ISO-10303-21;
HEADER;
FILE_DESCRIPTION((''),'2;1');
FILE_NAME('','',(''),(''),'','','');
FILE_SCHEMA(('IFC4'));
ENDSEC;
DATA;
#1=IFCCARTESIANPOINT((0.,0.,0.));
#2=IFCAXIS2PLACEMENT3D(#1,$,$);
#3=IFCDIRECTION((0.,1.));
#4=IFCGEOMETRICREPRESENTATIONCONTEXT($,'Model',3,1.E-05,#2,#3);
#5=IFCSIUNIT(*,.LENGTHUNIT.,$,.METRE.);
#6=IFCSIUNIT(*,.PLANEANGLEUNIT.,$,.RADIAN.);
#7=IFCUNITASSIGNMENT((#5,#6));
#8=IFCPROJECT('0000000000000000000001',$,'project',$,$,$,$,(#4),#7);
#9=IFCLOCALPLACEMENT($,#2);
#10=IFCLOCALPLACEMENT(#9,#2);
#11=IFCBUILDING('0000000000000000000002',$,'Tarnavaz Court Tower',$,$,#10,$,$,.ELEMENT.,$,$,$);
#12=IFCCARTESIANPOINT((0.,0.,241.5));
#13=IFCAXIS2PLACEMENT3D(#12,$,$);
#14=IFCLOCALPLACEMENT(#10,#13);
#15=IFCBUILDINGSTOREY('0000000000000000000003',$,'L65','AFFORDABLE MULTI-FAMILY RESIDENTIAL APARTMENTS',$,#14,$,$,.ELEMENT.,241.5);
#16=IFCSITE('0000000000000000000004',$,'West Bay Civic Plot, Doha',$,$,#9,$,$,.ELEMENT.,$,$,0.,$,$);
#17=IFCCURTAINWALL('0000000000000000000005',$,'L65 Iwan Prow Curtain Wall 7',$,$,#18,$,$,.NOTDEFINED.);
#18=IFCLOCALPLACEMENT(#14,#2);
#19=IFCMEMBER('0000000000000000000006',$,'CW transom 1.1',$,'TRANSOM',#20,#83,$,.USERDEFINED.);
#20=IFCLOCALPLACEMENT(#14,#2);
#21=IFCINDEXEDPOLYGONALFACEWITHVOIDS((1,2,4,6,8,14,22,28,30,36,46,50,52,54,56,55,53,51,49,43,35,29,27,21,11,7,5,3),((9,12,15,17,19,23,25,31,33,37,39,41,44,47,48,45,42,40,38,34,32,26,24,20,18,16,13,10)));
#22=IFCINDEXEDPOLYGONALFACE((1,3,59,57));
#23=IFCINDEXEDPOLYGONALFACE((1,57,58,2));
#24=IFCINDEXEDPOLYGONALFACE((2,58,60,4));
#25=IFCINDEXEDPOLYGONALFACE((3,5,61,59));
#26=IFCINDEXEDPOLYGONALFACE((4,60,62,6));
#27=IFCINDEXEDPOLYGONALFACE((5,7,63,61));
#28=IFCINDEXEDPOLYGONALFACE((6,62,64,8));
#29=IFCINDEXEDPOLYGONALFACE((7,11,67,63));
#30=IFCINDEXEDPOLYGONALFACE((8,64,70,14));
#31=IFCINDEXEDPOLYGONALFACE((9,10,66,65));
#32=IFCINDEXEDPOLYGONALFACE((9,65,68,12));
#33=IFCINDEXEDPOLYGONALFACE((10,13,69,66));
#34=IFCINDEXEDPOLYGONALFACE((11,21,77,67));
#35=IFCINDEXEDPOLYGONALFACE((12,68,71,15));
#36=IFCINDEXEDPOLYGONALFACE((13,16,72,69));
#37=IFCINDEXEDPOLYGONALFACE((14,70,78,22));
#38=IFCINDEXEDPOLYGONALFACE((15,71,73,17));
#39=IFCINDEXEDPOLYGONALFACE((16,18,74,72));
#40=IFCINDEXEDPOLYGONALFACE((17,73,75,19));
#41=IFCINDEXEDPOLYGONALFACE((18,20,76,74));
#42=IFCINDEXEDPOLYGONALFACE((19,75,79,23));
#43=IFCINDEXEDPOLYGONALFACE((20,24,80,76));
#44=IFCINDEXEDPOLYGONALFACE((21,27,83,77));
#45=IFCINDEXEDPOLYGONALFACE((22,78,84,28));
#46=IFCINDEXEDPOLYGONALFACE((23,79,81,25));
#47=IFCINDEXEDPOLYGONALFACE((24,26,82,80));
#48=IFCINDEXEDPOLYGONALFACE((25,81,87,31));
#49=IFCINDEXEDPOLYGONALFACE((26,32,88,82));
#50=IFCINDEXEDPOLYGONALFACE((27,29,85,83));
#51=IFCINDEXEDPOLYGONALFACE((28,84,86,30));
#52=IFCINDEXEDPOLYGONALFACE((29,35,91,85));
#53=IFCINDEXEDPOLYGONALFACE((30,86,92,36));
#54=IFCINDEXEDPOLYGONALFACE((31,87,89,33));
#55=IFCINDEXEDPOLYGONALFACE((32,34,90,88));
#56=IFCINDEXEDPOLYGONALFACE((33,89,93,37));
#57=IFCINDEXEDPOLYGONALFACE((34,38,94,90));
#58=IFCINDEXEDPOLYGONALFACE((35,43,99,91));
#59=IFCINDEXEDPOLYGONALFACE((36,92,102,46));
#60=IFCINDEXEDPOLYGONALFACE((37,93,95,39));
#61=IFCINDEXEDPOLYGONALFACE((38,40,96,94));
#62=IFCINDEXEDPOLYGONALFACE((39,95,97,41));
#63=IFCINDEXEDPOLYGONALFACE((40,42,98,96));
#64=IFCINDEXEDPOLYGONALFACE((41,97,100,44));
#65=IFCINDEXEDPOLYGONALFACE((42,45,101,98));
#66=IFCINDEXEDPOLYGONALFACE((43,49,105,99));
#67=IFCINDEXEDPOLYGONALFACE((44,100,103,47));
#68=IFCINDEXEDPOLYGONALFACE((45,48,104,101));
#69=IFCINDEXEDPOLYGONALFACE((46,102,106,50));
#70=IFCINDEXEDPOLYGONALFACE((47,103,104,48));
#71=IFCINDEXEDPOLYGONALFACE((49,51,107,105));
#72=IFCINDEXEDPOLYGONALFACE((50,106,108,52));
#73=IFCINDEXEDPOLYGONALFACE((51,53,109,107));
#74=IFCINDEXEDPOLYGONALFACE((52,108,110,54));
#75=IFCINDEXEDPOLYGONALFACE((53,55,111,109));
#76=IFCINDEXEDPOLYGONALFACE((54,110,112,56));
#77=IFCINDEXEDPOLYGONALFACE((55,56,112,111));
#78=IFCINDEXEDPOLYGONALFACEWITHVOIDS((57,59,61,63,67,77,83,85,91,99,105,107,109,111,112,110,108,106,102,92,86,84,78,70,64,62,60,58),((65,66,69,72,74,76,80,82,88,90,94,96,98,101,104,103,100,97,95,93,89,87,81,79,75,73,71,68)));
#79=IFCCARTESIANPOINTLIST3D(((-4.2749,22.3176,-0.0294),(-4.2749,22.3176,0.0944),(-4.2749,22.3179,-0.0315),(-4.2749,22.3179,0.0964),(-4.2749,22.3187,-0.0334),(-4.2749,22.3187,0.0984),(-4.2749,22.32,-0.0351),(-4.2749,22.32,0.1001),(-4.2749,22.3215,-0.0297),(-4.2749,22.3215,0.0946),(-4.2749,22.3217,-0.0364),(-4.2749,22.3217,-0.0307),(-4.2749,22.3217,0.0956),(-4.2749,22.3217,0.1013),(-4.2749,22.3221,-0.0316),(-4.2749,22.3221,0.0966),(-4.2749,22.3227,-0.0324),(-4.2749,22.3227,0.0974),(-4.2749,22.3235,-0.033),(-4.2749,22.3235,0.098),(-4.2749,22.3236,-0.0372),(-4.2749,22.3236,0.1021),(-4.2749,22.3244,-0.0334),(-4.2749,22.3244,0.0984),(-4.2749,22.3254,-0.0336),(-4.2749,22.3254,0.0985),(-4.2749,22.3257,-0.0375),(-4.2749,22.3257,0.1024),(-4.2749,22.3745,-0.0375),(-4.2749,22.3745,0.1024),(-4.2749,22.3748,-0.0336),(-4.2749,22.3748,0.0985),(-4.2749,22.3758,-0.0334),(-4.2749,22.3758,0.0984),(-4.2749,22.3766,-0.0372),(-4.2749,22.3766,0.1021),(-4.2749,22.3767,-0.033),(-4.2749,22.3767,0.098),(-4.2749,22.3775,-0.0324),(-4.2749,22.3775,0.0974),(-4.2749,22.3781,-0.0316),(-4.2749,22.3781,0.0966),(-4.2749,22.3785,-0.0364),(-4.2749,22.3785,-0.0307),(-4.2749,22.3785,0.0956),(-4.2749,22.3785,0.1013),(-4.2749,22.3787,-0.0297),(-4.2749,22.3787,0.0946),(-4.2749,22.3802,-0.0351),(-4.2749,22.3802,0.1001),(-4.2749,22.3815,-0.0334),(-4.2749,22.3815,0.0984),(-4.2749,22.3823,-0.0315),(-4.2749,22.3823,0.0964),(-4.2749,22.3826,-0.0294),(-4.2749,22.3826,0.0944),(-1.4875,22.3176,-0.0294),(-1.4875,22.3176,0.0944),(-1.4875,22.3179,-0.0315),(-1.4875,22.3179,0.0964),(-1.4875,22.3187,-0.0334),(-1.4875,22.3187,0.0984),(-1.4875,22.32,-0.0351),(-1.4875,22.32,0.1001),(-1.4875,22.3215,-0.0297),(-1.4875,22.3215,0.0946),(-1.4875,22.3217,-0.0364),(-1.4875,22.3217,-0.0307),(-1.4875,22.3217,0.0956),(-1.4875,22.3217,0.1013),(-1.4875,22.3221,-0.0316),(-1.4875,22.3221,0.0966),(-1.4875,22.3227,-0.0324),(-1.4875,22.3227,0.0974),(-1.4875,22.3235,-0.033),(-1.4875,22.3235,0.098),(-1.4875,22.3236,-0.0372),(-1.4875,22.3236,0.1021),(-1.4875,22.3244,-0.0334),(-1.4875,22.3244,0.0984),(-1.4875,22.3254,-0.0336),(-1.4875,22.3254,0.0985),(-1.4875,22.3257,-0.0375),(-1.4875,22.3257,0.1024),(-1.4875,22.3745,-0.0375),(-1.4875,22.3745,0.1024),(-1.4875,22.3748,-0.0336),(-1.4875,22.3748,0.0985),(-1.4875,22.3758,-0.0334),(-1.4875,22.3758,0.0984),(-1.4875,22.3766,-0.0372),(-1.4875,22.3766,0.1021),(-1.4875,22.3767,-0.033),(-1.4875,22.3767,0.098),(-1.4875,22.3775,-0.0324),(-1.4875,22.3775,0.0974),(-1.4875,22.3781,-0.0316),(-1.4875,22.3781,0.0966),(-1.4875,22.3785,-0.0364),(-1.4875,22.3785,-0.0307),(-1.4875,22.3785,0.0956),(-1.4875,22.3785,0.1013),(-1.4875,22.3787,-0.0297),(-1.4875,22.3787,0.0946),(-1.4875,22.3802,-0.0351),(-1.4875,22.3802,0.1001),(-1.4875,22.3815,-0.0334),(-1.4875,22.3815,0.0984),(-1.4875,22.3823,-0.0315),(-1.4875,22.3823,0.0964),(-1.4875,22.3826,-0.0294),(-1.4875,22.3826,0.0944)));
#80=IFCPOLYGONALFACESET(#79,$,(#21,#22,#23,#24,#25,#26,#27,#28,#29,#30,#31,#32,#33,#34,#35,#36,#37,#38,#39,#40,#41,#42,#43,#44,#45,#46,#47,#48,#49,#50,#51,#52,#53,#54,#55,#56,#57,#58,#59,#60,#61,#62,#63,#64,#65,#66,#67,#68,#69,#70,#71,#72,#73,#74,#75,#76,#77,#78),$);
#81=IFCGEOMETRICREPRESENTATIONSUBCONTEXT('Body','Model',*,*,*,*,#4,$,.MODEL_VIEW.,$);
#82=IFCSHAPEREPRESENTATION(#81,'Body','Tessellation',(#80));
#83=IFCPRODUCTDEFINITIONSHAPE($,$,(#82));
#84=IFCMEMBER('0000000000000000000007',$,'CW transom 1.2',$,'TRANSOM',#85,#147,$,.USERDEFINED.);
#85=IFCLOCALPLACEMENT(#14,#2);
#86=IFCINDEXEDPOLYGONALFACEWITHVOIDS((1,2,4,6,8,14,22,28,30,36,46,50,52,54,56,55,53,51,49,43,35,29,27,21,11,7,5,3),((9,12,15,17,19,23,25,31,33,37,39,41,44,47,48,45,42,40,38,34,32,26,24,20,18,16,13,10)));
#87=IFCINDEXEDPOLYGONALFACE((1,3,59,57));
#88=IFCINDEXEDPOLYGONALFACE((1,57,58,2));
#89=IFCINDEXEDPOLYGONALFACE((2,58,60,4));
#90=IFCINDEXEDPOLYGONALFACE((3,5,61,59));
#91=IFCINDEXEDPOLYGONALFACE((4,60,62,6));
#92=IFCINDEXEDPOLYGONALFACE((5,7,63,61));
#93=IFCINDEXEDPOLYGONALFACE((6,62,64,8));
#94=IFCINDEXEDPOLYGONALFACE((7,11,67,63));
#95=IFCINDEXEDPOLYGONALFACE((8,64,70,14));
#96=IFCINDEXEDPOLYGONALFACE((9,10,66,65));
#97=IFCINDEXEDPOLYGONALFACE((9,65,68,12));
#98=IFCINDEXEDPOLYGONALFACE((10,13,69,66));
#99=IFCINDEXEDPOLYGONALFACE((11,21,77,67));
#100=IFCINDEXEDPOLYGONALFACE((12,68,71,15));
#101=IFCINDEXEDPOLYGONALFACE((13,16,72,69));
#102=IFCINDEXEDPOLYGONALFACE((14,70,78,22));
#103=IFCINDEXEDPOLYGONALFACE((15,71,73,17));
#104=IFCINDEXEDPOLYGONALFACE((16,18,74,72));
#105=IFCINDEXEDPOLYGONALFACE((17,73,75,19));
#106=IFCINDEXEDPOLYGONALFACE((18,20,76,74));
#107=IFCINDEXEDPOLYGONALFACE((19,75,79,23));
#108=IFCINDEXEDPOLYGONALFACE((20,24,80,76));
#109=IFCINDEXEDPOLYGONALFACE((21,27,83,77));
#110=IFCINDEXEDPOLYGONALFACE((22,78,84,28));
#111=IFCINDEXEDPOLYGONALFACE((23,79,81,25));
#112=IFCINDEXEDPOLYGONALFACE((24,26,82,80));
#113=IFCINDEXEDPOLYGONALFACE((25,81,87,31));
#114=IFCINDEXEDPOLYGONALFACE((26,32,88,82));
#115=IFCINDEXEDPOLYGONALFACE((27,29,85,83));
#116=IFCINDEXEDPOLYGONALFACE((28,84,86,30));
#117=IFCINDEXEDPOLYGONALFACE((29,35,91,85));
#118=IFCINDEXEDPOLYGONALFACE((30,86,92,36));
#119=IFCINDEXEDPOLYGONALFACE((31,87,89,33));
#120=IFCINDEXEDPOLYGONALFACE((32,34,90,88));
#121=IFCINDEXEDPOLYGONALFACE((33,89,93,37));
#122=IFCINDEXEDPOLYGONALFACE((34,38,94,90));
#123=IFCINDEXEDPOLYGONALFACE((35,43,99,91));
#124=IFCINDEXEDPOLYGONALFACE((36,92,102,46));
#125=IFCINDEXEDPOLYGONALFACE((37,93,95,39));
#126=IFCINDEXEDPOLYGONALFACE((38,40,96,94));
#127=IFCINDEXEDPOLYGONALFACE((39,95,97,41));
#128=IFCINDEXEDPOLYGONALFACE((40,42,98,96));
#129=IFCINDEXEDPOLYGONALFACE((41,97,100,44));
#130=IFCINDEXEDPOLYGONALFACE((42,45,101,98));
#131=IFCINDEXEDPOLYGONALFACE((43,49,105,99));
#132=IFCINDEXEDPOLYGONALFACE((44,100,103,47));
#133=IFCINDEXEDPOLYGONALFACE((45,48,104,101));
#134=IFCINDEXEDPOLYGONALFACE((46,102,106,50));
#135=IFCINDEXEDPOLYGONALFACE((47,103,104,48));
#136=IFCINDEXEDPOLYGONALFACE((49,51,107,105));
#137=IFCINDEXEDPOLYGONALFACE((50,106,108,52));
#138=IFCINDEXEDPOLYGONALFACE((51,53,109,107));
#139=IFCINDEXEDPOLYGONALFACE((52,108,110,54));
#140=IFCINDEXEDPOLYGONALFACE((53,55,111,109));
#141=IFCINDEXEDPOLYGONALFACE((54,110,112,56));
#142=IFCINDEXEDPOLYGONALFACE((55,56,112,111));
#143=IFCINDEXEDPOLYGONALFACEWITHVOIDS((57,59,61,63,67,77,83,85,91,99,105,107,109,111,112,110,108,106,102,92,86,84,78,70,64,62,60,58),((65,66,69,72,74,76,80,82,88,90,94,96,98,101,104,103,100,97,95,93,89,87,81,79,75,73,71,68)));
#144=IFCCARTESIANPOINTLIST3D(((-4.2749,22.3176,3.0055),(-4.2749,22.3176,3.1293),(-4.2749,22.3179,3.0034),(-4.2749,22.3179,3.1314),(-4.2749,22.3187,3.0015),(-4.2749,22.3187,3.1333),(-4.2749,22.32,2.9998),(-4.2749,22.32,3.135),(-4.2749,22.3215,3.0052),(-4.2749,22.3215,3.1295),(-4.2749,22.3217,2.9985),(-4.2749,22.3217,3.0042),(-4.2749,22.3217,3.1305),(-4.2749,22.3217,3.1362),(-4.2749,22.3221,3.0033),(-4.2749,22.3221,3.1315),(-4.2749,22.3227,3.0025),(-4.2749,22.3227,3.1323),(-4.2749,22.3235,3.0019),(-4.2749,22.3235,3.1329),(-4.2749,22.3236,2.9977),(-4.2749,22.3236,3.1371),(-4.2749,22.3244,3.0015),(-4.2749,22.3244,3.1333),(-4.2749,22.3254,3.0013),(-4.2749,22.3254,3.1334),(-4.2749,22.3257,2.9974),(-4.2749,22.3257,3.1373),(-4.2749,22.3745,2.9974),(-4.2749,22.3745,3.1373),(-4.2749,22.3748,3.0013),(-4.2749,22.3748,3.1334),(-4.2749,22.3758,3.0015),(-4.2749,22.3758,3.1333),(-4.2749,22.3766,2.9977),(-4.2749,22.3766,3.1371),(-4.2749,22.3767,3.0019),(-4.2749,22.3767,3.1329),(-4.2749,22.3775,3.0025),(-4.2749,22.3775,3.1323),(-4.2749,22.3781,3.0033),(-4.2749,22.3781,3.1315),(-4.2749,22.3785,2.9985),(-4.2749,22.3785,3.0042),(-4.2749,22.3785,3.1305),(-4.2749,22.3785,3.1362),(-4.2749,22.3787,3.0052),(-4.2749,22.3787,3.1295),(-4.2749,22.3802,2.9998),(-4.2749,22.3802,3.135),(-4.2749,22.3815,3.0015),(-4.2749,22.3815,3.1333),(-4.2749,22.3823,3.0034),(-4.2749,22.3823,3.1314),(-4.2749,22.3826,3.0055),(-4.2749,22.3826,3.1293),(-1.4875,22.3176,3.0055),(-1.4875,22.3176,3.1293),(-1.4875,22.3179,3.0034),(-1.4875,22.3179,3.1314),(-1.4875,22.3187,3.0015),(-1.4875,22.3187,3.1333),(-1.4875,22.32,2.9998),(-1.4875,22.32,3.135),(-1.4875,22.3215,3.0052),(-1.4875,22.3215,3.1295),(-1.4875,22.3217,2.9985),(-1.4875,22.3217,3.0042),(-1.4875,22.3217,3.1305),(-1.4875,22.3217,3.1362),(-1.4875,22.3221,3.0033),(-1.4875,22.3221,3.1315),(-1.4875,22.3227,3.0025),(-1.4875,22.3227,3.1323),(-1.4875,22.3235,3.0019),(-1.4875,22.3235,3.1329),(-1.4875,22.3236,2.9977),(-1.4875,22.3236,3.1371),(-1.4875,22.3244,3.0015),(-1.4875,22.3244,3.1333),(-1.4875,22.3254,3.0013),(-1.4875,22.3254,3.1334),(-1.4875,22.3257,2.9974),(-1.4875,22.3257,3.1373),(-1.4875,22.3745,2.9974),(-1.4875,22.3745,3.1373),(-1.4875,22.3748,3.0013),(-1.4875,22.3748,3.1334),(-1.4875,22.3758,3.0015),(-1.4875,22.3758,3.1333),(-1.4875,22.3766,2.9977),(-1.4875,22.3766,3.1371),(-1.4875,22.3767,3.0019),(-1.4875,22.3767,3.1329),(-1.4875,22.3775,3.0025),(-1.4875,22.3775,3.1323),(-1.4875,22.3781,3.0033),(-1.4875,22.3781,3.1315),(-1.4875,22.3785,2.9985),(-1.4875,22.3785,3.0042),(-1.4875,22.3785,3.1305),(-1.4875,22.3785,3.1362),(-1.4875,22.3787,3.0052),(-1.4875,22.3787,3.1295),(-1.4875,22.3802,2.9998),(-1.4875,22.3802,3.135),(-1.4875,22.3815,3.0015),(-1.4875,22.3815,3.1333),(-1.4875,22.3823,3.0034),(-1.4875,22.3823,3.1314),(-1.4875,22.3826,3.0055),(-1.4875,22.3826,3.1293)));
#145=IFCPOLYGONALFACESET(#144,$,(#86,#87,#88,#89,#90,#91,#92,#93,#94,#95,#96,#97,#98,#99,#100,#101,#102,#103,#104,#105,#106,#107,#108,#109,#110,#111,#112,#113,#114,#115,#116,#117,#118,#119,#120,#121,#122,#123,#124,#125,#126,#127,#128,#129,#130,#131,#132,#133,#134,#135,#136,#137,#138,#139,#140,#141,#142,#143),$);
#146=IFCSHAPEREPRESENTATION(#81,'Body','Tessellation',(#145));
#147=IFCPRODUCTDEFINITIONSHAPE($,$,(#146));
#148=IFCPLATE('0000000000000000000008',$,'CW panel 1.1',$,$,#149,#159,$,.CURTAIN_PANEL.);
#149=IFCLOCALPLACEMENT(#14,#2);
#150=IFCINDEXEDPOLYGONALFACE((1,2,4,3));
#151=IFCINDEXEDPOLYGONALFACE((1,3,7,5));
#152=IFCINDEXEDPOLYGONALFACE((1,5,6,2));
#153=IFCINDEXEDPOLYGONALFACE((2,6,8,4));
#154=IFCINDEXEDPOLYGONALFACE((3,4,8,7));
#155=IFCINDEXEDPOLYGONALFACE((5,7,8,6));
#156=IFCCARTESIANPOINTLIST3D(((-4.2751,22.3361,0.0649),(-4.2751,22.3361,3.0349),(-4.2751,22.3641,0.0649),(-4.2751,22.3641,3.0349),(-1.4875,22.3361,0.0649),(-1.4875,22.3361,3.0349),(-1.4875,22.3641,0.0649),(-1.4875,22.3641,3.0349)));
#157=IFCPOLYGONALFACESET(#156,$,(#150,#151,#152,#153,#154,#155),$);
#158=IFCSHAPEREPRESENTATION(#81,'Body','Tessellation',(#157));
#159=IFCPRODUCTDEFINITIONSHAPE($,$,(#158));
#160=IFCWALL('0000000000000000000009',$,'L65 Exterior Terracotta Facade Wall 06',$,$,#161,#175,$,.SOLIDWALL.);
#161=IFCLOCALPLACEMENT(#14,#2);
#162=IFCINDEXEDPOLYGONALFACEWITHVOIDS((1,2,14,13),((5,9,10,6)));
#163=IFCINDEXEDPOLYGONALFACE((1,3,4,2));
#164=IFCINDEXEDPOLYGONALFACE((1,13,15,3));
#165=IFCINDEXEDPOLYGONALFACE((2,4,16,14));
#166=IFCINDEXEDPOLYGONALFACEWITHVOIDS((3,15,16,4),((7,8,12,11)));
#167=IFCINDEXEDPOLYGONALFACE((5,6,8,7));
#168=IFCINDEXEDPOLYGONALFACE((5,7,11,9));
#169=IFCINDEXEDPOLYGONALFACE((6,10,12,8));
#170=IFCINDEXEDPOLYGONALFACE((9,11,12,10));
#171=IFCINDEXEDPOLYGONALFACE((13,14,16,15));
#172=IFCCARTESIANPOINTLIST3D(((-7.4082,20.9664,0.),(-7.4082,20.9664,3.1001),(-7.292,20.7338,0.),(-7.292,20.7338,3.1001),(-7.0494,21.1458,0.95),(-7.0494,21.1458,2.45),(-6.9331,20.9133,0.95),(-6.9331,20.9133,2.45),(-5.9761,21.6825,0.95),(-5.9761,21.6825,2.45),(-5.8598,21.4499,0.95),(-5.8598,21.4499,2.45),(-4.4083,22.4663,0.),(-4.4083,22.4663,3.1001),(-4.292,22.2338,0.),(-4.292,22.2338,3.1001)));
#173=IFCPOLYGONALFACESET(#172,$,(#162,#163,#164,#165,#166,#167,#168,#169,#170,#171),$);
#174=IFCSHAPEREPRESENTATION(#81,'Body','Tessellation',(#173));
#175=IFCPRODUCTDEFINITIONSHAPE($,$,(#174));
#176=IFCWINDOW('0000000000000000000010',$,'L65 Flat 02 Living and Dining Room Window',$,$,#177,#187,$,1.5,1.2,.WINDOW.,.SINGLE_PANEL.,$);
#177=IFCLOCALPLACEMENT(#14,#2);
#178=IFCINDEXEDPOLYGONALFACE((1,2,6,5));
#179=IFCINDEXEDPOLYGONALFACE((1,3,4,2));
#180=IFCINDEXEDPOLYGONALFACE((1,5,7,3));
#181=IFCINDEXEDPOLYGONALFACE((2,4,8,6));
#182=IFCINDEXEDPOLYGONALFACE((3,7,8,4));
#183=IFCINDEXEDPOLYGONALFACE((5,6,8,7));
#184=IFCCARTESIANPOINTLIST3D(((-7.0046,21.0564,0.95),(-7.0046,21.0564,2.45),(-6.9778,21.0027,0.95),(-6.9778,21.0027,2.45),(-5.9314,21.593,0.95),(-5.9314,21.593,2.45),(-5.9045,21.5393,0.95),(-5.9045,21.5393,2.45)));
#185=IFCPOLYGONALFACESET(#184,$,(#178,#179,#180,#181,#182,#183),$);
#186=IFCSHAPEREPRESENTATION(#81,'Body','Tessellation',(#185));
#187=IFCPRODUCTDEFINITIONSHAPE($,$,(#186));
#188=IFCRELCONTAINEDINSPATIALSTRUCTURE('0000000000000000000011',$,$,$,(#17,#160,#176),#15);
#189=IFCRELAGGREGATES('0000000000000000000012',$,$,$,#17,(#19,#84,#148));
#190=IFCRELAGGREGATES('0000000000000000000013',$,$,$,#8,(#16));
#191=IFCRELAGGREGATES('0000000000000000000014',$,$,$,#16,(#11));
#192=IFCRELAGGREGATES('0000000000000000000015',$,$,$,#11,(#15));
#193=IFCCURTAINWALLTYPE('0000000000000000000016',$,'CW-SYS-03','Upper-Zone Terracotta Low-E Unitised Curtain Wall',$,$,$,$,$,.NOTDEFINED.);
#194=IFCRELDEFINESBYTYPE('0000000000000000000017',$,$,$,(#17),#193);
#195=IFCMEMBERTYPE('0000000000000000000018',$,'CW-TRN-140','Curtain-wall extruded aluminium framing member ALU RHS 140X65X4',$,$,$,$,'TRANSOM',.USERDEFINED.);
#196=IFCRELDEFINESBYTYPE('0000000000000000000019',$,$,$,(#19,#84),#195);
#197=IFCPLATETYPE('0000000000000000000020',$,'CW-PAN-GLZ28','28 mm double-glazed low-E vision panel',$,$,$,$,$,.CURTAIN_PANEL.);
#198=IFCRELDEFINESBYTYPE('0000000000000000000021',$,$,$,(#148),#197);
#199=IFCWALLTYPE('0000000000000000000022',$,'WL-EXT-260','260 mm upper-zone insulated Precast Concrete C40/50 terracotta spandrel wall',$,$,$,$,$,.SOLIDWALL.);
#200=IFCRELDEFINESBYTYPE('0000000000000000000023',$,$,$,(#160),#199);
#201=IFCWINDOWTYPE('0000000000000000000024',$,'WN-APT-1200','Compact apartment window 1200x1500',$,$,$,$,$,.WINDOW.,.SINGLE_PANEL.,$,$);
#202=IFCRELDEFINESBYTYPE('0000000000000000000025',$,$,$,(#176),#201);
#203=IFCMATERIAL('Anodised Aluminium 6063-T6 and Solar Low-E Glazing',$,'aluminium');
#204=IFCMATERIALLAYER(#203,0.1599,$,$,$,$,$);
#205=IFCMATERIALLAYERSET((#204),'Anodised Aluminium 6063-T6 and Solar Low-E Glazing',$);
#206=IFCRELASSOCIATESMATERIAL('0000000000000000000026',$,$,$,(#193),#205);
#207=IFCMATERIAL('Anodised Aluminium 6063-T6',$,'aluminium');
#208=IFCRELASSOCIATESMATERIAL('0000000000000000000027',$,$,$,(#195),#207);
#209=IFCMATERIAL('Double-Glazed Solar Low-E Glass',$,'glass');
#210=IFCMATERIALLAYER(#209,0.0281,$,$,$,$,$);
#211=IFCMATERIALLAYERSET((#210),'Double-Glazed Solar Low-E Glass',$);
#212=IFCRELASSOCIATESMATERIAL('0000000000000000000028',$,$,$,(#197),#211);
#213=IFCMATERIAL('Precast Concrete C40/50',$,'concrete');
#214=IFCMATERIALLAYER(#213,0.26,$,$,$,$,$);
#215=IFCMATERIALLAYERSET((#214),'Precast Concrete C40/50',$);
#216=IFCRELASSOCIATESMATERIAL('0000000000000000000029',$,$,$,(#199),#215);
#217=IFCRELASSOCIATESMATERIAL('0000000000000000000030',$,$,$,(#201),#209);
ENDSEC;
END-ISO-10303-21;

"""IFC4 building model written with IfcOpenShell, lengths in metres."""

from ifc_helpers import new_model, si_unit, direction, frame, frame_2d, origin, origin_2d, place, context, subcontext, project, spatial, rectangle, hollow_rectangle, extrude, material, layer, layer_set, material_profile, profile_set, type_object, element, fill, aggregate, save


model = new_model("IFC4")

# Units and contexts
model_context = context("Model", 3, precision=1e-05, world=origin(), true_north=direction((0.0, 1.0)))
body_context = subcontext(model_context, "Body", "Model", "MODEL_VIEW")
ifc_project = project(units=[si_unit("LENGTHUNIT", "METRE"), si_unit("PLANEANGLEUNIT", "RADIAN")], contexts=[model_context])

# Site, building, storey
site_placement = place(None, origin())
site = spatial("IfcSite", under=ifc_project, at=site_placement, Name="West Bay Civic Plot, Doha", CompositionType="ELEMENT", RefElevation=0.0)
building_placement = place(site_placement, origin())
building = spatial("IfcBuilding", under=site, at=building_placement, Name="Tarnavaz Court Tower", CompositionType="ELEMENT")
storey_placement = place(building_placement, frame((0.0, 0.0, 241.5)))
storey = spatial("IfcBuildingStorey", under=building, at=storey_placement, Name="L65", Description="AFFORDABLE MULTI-FAMILY RESIDENTIAL APARTMENTS", CompositionType="ELEMENT", Elevation=241.5)

# Curtain wall, members, plate
ifc_material_1 = material(Name="Anodised Aluminium 6063-T6 and Solar Low-E Glazing", Category="aluminium")
ifc_layer_1 = layer(ifc_material_1, 0.1599)
ifc_layer_set_1 = layer_set([ifc_layer_1], Name="Anodised Aluminium 6063-T6 and Solar Low-E Glazing")
curtain_wall_type = type_object("IfcCurtainWallType", Name="CW-SYS-03", Description="Upper-Zone Terracotta Low-E Unitised Curtain Wall", PredefinedType="NOTDEFINED", material=ifc_layer_set_1)
curtain_wall_placement = place(storey_placement, origin())
curtain_wall = element("IfcCurtainWall", 1, at=curtain_wall_placement, inside=storey, type_object=curtain_wall_type, Name="L65 Iwan Prow Curtain Wall 7", PredefinedType="NOTDEFINED")
ifc_material_2 = material(Name="Anodised Aluminium 6063-T6", Category="aluminium")
ifc_material_profile_1 = material_profile(ifc_material_2, hollow_rectangle(XDim=0.0649, YDim=0.1399, WallThickness=0.0039, InnerFilletRadius=0.0039, OuterFilletRadius=0.0081, at=origin_2d()), Name="ALU RHS 140X65X4")
ifc_profile_set_1 = profile_set([ifc_material_profile_1], Name="Anodised Aluminium 6063-T6")
member_type_1 = type_object("IfcMemberType", Name="CW-TRN-140", Description="Curtain-wall extruded aluminium framing member ALU RHS 140X65X4", ElementType="TRANSOM", PredefinedType="USERDEFINED", material=ifc_profile_set_1)
member_1_placement = place(storey_placement, frame((-4.2749, 22.3501, 0.0325), z_axis=(1.0, 0.0, 0.0), x_axis=(0.0, 1.0, 0.0)))
member_1 = element("IfcMember", 2, at=member_1_placement, type_object=member_type_1, Name="CW transom 1.1", ObjectType="TRANSOM", PredefinedType="USERDEFINED", context=body_context, shape_type="SweptSolid", body=[
    extrude(hollow_rectangle(XDim=0.0649, YDim=0.1399, WallThickness=0.0039, InnerFilletRadius=0.0039, OuterFilletRadius=0.0081, at=origin_2d()), origin(), (0.0, 0.0, 1.0), 2.7874),
])
member_2_placement = place(storey_placement, frame((-4.2749, 22.3501, 3.0674), z_axis=(1.0, 0.0, 0.0), x_axis=(0.0, 1.0, 0.0)))
member_2 = element("IfcMember", 3, at=member_2_placement, type_object=member_type_1, Name="CW transom 1.2", ObjectType="TRANSOM", PredefinedType="USERDEFINED", context=body_context, shape_type="SweptSolid", body=[
    extrude(hollow_rectangle(XDim=0.0649, YDim=0.1399, WallThickness=0.0039, InnerFilletRadius=0.0039, OuterFilletRadius=0.0081, at=origin_2d()), origin(), (0.0, 0.0, 1.0), 2.7874),
])
ifc_material_3 = material(Name="Double-Glazed Solar Low-E Glass", Category="glass")
ifc_layer_2 = layer(ifc_material_3, 0.0281)
ifc_layer_set_2 = layer_set([ifc_layer_2], Name="Double-Glazed Solar Low-E Glass")
plate_type = type_object("IfcPlateType", Name="CW-PAN-GLZ28", Description="28 mm double-glazed low-E vision panel", PredefinedType="CURTAIN_PANEL", material=ifc_layer_set_2)
plate_placement = place(storey_placement, frame((-2.8813, 22.3501, 0.0649), z_axis=(0.0, 0.0, 1.0), x_axis=(1.0, 0.0, 0.0)))
plate = element("IfcPlate", 4, at=plate_placement, type_object=plate_type, Name="CW panel 1.1", PredefinedType="CURTAIN_PANEL", context=body_context, shape_type="SweptSolid", body=[
    extrude(rectangle(XDim=2.7876, YDim=0.0281, at=origin_2d()), origin(), (0.0, 0.0, 1.0), 2.97),
])
aggregate(curtain_wall, [member_1, member_2, plate])

# Wall, opening, window
ifc_material_4 = material(Name="Precast Concrete C40/50", Category="concrete")
ifc_layer_3 = layer(ifc_material_4, 0.26)
ifc_layer_set_3 = layer_set([ifc_layer_3], Name="Precast Concrete C40/50")
wall_type_1 = type_object("IfcWallType", Name="WL-EXT-260", Description="260 mm upper-zone insulated Precast Concrete C40/50 terracotta spandrel wall", PredefinedType="SOLIDWALL", material=ifc_layer_set_3)
wall_1_placement = place(storey_placement, frame((-7.3501, 20.8501, 0.0), z_axis=(0.0, 0.0, 1.0), x_axis=(0.894427, 0.447214, 0.0)))
wall_1 = element("IfcWall", 5, at=wall_1_placement, inside=storey, type_object=wall_type_1, Name="L65 Exterior Terracotta Facade Wall 06", PredefinedType="SOLIDWALL", context=body_context, shape_type="SweptSolid", body=[
    extrude(rectangle(XDim=3.354, YDim=0.26, at=frame_2d((1.677, 0.0))), origin(), (0.0, 0.0, 1.0), 3.1001),
])
opening_1_placement = place(wall_1_placement, frame((0.4011, 0.0, 0.95)))
opening_1 = element("IfcOpeningElement", 6, at=opening_1_placement, cuts=wall_1, PredefinedType="OPENING", context=body_context, shape_type="SweptSolid", body=[
    extrude(rectangle(XDim=1.2, YDim=1.5, at=frame_2d((0.6001, 0.75))), frame((0.0, 0.1399, 0.0), z_axis=(0.0, -1.0, 0.0), x_axis=(1.0, 0.0, 0.0)), (0.0, 0.0, 1.0), 0.28),
])
window_type = type_object("IfcWindowType", Name="WN-APT-1200", Description="Compact apartment window 1200x1500", PartitioningType="SINGLE_PANEL", PredefinedType="WINDOW", material=ifc_material_3)
window_placement = place(opening_1_placement, origin())
window = element("IfcWindow", 7, at=window_placement, inside=storey, type_object=window_type, Name="L65 Flat 02 Living and Dining Room Window", OverallHeight=1.5, OverallWidth=1.2, PartitioningType="SINGLE_PANEL", PredefinedType="WINDOW", context=body_context, shape_type="SweptSolid", body=[
    extrude(rectangle(XDim=1.2, YDim=1.5, at=frame_2d((0.6001, 0.75))), frame((0.0, 0.03, 0.0), z_axis=(0.0, -1.0, 0.0), x_axis=(1.0, 0.0, 0.0)), (0.0, 0.0, 1.0), 0.0601),
])
fill(opening_1, window)

save(model, "model.ifc")
